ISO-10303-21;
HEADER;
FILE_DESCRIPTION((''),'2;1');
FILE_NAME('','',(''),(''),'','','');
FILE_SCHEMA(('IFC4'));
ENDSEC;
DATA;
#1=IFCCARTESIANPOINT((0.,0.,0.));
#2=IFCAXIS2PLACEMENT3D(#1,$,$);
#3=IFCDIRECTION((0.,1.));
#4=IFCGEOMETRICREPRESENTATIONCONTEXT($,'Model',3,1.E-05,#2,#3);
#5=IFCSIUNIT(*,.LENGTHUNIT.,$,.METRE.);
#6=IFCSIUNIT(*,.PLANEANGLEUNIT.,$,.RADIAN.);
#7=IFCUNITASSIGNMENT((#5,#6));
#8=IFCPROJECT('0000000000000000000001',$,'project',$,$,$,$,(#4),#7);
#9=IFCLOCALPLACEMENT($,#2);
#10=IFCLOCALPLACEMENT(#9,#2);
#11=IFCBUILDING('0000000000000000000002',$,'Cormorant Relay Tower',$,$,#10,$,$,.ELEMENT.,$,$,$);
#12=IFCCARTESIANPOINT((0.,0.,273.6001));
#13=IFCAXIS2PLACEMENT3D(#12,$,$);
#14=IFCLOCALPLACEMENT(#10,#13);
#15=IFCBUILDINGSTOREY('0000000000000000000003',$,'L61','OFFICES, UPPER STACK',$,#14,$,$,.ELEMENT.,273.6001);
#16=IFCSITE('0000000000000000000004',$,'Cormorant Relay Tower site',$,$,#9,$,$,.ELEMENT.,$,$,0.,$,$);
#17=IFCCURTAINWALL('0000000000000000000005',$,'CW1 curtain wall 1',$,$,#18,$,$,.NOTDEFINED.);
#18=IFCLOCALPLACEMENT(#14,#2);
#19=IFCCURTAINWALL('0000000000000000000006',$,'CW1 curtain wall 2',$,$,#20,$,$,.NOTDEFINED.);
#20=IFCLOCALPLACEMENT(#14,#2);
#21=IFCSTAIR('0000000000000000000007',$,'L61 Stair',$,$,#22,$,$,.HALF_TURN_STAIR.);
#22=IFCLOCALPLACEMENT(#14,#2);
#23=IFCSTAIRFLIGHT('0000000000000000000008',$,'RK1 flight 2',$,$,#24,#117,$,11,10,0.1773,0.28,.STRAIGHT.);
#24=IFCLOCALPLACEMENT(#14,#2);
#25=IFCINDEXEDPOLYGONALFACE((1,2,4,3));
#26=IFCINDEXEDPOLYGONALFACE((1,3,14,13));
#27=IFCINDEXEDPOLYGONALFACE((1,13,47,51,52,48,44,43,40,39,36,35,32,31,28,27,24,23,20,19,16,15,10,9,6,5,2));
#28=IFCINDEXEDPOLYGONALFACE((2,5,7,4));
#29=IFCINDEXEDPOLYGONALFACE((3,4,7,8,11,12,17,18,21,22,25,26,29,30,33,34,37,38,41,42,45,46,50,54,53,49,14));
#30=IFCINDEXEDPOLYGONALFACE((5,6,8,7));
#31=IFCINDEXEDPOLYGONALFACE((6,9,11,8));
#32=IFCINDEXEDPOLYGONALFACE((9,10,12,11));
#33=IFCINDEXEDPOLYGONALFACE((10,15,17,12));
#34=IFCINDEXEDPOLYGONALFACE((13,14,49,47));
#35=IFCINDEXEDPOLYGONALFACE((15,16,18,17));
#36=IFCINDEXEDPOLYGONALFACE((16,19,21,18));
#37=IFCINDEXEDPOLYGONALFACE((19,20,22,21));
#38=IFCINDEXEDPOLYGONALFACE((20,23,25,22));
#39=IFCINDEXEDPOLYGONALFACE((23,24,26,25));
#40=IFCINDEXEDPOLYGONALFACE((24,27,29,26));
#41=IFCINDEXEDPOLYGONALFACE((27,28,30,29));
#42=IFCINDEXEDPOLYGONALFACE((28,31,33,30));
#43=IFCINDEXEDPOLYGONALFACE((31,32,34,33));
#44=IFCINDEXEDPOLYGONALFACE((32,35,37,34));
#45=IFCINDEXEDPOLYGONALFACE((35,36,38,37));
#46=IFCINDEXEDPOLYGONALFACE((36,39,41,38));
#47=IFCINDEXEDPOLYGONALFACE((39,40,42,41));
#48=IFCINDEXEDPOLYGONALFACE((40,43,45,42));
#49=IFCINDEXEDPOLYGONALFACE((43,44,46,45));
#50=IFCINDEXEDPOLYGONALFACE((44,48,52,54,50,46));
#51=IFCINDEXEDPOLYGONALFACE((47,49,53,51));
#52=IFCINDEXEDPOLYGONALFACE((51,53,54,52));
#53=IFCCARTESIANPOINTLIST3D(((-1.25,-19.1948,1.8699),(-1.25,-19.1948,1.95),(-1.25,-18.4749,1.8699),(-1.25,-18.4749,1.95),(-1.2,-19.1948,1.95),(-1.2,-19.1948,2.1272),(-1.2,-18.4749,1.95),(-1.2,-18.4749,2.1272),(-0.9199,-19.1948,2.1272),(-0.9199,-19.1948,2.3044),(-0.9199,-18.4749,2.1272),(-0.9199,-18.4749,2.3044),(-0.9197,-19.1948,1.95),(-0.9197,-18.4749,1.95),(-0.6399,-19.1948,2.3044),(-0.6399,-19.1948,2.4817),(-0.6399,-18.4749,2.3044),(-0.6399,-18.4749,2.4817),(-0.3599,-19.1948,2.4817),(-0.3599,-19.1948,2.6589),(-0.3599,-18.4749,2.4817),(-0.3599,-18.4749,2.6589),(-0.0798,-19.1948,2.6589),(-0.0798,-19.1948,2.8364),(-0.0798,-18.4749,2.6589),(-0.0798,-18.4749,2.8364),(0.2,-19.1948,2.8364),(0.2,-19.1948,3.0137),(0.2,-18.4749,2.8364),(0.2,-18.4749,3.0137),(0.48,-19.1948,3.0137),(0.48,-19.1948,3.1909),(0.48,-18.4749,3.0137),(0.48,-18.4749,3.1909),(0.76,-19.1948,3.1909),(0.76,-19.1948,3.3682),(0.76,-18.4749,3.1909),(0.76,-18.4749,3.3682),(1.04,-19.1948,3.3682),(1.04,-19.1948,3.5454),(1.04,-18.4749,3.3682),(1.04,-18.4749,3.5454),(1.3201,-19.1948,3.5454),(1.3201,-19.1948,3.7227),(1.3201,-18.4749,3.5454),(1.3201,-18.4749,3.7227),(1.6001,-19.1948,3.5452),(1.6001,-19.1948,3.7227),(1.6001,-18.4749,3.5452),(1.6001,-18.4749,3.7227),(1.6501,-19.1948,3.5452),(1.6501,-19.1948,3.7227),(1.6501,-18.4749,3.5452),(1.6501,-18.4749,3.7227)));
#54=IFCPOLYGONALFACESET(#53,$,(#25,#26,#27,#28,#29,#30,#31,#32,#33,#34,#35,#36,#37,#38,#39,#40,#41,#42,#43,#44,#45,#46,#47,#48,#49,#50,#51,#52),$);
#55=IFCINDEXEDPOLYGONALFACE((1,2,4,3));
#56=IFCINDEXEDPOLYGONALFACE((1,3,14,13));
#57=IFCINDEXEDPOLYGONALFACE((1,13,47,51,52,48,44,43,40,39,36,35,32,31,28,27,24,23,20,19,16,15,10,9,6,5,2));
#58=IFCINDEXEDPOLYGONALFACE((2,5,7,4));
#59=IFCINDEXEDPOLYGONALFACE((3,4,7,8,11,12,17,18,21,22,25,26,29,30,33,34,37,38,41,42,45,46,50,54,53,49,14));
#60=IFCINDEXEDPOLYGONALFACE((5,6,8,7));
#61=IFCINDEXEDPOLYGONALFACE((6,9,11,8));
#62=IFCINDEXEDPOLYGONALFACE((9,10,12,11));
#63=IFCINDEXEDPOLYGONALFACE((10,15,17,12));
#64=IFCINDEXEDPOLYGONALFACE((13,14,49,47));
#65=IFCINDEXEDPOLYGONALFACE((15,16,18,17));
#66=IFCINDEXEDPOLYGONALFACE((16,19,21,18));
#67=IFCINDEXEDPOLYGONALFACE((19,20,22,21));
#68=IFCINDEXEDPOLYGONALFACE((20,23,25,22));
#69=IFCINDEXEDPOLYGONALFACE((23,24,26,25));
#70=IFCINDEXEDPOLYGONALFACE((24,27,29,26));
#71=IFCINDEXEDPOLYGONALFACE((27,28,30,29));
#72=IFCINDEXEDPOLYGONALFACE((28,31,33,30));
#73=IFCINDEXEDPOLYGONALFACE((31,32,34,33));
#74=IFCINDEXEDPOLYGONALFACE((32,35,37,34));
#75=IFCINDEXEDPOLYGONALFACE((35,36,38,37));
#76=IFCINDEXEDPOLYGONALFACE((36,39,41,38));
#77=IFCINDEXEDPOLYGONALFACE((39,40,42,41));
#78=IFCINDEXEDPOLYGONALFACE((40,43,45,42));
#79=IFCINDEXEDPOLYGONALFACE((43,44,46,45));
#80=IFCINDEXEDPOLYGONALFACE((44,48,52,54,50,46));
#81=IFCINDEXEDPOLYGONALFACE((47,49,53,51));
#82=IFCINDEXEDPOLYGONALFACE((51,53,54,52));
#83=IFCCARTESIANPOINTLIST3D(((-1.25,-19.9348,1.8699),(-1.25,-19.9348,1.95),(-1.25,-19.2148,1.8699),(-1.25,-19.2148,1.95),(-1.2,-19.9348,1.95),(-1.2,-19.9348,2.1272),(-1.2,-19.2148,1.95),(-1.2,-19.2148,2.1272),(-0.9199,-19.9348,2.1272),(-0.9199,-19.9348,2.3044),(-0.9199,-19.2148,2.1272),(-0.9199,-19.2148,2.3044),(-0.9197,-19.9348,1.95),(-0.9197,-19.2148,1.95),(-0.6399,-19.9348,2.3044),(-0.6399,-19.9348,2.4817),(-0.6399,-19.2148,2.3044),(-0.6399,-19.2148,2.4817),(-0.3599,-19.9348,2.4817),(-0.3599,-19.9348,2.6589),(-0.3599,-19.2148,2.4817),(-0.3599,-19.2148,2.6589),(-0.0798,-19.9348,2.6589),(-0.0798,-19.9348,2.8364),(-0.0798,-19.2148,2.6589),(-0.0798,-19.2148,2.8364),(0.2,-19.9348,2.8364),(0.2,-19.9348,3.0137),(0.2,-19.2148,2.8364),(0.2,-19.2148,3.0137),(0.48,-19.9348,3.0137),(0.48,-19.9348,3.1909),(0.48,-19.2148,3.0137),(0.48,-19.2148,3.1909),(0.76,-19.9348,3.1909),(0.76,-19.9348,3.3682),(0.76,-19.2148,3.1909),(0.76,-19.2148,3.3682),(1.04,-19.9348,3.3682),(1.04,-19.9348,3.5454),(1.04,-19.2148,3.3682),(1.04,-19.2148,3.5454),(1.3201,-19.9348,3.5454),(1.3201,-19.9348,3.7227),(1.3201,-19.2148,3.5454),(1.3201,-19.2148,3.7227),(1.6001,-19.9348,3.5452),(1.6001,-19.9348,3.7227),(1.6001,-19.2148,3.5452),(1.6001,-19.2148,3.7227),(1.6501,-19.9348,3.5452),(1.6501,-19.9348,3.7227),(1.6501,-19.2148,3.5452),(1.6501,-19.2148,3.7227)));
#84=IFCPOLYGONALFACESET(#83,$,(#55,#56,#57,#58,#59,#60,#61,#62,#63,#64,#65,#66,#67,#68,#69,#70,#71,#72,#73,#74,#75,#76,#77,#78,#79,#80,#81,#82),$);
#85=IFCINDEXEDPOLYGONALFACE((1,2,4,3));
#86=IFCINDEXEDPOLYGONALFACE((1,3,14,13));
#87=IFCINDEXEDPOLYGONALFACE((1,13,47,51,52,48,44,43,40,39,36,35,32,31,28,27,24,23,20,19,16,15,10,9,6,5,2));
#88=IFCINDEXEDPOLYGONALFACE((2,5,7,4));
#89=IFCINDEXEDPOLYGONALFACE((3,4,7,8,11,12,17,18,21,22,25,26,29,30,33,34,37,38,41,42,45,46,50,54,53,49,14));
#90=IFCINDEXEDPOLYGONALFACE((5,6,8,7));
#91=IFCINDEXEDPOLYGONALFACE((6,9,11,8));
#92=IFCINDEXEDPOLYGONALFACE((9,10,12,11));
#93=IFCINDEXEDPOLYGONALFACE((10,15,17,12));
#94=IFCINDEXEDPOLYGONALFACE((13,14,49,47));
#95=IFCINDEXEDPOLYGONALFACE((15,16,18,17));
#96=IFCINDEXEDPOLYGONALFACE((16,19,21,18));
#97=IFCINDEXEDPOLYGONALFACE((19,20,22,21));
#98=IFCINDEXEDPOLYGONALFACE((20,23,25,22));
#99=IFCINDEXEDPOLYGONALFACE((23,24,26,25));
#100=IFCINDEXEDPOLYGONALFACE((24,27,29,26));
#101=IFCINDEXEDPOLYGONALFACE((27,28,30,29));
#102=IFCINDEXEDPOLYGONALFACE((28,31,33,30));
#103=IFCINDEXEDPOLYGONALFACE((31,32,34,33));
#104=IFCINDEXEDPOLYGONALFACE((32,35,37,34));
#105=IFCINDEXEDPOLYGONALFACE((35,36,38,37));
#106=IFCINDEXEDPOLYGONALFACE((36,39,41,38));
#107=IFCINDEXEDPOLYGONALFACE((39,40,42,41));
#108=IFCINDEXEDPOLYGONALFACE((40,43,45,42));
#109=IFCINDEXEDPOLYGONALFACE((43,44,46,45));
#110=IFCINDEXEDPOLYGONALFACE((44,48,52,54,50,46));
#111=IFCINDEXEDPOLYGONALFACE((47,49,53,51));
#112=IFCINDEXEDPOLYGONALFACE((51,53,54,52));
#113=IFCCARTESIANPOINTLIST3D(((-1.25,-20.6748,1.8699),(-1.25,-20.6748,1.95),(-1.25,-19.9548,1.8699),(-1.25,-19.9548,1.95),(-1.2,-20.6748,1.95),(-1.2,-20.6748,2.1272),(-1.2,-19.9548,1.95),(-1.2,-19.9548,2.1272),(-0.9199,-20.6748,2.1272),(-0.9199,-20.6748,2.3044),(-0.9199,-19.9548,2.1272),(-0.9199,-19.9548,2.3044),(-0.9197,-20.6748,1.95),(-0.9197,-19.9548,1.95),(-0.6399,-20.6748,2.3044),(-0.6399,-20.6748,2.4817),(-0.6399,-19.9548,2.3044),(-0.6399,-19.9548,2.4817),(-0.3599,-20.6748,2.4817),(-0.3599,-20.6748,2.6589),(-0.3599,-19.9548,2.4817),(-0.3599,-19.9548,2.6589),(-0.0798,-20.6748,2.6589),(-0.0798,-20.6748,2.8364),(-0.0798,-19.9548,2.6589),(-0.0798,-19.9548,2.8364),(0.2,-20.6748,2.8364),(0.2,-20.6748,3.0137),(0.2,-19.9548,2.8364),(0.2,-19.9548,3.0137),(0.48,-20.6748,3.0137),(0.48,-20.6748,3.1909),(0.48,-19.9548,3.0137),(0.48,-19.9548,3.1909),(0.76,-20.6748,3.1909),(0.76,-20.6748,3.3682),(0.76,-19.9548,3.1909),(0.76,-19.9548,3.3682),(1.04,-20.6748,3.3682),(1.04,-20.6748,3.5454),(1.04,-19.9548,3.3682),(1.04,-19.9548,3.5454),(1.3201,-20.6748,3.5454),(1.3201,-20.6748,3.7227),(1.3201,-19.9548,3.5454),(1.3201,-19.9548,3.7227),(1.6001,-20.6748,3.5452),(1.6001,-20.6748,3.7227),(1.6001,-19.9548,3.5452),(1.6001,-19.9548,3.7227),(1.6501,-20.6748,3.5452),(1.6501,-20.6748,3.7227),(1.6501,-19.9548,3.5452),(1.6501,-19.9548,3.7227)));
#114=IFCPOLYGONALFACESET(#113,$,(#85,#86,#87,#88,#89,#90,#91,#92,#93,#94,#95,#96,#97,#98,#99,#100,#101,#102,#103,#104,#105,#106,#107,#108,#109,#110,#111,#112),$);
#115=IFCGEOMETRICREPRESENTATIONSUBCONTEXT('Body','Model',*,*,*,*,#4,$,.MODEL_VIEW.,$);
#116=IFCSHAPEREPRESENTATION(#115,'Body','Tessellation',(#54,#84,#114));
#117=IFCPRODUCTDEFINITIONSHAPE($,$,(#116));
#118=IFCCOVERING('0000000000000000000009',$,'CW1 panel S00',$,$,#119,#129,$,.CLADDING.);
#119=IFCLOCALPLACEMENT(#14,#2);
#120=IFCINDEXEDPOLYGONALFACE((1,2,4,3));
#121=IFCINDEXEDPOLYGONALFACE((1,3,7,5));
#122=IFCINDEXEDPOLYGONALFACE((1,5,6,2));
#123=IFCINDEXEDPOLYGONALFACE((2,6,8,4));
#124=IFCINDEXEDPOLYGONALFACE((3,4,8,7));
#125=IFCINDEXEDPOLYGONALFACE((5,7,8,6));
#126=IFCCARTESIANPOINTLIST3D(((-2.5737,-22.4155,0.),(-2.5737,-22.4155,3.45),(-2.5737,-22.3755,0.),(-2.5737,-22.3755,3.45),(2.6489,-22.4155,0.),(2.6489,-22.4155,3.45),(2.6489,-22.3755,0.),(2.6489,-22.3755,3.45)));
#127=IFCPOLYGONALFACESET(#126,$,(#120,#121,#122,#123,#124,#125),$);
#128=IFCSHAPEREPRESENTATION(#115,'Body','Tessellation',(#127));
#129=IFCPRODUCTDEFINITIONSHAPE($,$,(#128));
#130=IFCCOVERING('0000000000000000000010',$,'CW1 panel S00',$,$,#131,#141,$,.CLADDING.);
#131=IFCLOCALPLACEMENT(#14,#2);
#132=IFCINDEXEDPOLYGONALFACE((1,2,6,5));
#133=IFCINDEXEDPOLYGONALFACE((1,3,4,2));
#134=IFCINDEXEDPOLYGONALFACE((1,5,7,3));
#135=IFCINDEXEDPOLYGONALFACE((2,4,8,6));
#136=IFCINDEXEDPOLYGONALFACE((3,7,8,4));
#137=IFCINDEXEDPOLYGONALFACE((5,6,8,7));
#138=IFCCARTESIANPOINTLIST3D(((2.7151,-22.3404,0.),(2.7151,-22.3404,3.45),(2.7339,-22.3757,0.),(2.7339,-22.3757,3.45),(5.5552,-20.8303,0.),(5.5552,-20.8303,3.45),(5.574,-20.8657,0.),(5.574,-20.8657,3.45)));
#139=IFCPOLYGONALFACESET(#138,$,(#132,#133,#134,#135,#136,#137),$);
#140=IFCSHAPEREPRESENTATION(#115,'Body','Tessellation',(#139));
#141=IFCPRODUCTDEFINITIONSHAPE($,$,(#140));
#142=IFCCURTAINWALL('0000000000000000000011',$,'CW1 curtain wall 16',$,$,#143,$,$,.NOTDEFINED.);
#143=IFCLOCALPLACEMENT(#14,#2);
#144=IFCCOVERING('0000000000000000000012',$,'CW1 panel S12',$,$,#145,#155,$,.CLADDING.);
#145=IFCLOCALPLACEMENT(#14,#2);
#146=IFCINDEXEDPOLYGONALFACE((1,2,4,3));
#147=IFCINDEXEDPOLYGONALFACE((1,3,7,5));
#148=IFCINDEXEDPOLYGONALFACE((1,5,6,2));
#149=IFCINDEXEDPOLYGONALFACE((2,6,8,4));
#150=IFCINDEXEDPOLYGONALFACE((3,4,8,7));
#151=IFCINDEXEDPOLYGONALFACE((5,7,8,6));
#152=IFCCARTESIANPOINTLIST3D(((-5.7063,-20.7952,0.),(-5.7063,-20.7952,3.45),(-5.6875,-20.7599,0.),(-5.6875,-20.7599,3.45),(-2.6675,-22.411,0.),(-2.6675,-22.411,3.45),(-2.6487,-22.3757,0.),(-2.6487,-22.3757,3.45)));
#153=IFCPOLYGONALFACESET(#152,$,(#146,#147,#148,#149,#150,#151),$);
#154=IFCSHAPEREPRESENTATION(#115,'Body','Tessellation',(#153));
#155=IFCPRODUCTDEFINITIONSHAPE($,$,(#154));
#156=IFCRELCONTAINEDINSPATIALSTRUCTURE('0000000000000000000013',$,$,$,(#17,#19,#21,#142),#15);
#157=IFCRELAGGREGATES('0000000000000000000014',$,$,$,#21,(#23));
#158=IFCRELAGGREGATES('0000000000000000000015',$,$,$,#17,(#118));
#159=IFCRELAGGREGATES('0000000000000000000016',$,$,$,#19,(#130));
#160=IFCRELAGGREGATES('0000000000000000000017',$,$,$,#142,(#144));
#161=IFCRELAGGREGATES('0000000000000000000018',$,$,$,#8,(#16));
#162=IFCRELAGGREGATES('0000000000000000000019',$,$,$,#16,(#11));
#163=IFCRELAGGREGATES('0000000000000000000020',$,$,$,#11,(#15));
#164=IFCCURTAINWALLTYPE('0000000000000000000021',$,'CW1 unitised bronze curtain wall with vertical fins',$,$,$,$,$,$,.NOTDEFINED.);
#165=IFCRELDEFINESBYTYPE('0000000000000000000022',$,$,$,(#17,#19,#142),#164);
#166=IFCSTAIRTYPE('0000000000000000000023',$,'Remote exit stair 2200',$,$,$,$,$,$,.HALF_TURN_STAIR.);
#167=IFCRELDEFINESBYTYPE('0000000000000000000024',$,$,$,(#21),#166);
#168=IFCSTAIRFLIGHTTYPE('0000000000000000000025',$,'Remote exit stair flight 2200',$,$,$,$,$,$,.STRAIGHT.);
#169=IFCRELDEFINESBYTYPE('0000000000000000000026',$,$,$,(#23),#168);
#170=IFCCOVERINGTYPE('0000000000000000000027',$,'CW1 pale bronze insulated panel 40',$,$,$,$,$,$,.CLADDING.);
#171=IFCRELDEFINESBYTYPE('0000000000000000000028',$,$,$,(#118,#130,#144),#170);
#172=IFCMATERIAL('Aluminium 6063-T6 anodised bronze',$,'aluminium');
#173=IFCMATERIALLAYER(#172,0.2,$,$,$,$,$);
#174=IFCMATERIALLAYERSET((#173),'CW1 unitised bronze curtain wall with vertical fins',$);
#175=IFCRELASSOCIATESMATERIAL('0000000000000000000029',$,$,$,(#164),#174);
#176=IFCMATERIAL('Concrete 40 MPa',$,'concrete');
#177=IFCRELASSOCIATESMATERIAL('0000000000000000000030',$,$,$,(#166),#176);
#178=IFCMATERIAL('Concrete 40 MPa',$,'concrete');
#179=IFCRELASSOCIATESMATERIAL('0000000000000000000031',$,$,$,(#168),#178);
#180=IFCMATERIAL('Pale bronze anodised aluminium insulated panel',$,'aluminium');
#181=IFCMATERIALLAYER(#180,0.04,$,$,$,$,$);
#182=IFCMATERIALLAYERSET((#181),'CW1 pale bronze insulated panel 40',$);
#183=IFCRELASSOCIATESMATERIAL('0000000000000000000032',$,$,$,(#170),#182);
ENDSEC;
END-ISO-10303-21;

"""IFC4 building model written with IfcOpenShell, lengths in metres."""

from ifc_helpers import new_model, si_unit, direction, frame, origin, origin_2d, place, context, subcontext, project, spatial, polyline, rectangle, outline, extrude, material, layer, layer_set, type_object, element, aggregate, save


model = new_model("IFC4")

# Units and contexts
model_context = context("Model", 3, precision=1e-05, world=origin(), true_north=direction((0.0, 1.0)))
body_context = subcontext(model_context, "Body", "Model", "MODEL_VIEW")
ifc_project = project(units=[si_unit("LENGTHUNIT", "METRE"), si_unit("PLANEANGLEUNIT", "RADIAN")], contexts=[model_context])

# Site, building, storey
site_placement = place(None, origin())
site = spatial("IfcSite", under=ifc_project, at=site_placement, Name="Cormorant Relay Tower site", CompositionType="ELEMENT", RefElevation=0.0)
building_placement = place(site_placement, origin())
building = spatial("IfcBuilding", under=site, at=building_placement, Name="Cormorant Relay Tower", CompositionType="ELEMENT")
storey_placement = place(building_placement, frame((0.0, 0.0, 273.6001)))
storey = spatial("IfcBuildingStorey", under=building, at=storey_placement, Name="L61", Description="OFFICES, UPPER STACK", CompositionType="ELEMENT", Elevation=273.6001)

# Curtain wall
ifc_material_1 = material(Name="Aluminium 6063-T6 anodised bronze", Category="aluminium")
ifc_layer_1 = layer(ifc_material_1, 0.2)
ifc_layer_set_1 = layer_set([ifc_layer_1], Name="CW1 unitised bronze curtain wall with vertical fins")
curtain_wall_type = type_object("IfcCurtainWallType", Name="CW1 unitised bronze curtain wall with vertical fins", PredefinedType="NOTDEFINED", material=ifc_layer_set_1)
curtain_wall_1_placement = place(storey_placement, origin())
curtain_wall_1 = element("IfcCurtainWall", 1, at=curtain_wall_1_placement, inside=storey, type_object=curtain_wall_type, Name="CW1 curtain wall 1", PredefinedType="NOTDEFINED")

# Curtain wall
curtain_wall_2_placement = place(storey_placement, origin())
curtain_wall_2 = element("IfcCurtainWall", 2, at=curtain_wall_2_placement, inside=storey, type_object=curtain_wall_type, Name="CW1 curtain wall 2", PredefinedType="NOTDEFINED")

# Stair, stair flight
ifc_material_2 = material(Name="Concrete 40 MPa", Category="concrete")
stair_type = type_object("IfcStairType", Name="Remote exit stair 2200", PredefinedType="HALF_TURN_STAIR", material=ifc_material_2)
stair_placement = place(storey_placement, origin())
stair = element("IfcStair", 3, at=stair_placement, inside=storey, type_object=stair_type, Name="L61 Stair", PredefinedType="HALF_TURN_STAIR")
ifc_material_3 = material(Name="Concrete 40 MPa", Category="concrete")
stair_flight_type = type_object("IfcStairFlightType", Name="Remote exit stair flight 2200", PredefinedType="STRAIGHT", material=ifc_material_3)
stair_flight_placement = place(storey_placement, frame((-1.2, -19.575, 1.95), z_axis=(0.0, 0.0, 1.0), x_axis=(1.0, 0.0, 0.0)))
stair_flight = element("IfcStairFlight", 4, at=stair_flight_placement, type_object=stair_flight_type, Name="RK1 flight 2", NumberOfRisers=11, NumberOfTreads=10, PredefinedType="STRAIGHT", RiserHeight=0.1773, TreadLength=0.28, context=body_context, shape_type="SweptSolid", body=[
    extrude(outline(polyline([(-0.05, -0.0801), (-0.05, 0.0), (0.0, 0.0), (0.0, 0.1772), (0.28, 0.1772), (0.28, 0.3545), (0.5601, 0.3545), (0.5601, 0.5317), (0.8401, 0.5317), (0.8401, 0.709), (1.1201, 0.709), (1.1201, 0.8865), (1.3999, 0.8865), (1.3999, 1.0637), (1.6799, 1.0637), (1.6799, 1.241), (1.96, 1.241), (1.96, 1.4182), (2.24, 1.4182), (2.24, 1.5955), (2.52, 1.5955), (2.52, 1.7727), (2.8, 1.7727), (2.8501, 1.7727), (2.8501, 1.5952), (2.8, 1.5952), (0.2803, 0.0), (-0.05, -0.0801)])), frame((0.0, 1.1001, 0.0), z_axis=(0.0, -1.0, 0.0), x_axis=(1.0, 0.0, 0.0)), (0.0, 0.0, 1.0), 0.72),
    extrude(outline(polyline([(-0.05, -0.0801), (-0.05, 0.0), (0.0, 0.0), (0.0, 0.1772), (0.28, 0.1772), (0.28, 0.3545), (0.5601, 0.3545), (0.5601, 0.5317), (0.8401, 0.5317), (0.8401, 0.709), (1.1201, 0.709), (1.1201, 0.8865), (1.3999, 0.8865), (1.3999, 1.0637), (1.6799, 1.0637), (1.6799, 1.241), (1.96, 1.241), (1.96, 1.4182), (2.24, 1.4182), (2.24, 1.5955), (2.52, 1.5955), (2.52, 1.7727), (2.8, 1.7727), (2.8501, 1.7727), (2.8501, 1.5952), (2.8, 1.5952), (0.2803, 0.0), (-0.05, -0.0801)])), frame((0.0, 0.3601, 0.0), z_axis=(0.0, -1.0, 0.0), x_axis=(1.0, 0.0, 0.0)), (0.0, 0.0, 1.0), 0.72),
    extrude(outline(polyline([(-0.05, -0.0801), (-0.05, 0.0), (0.0, 0.0), (0.0, 0.1772), (0.28, 0.1772), (0.28, 0.3545), (0.5601, 0.3545), (0.5601, 0.5317), (0.8401, 0.5317), (0.8401, 0.709), (1.1201, 0.709), (1.1201, 0.8865), (1.3999, 0.8865), (1.3999, 1.0637), (1.6799, 1.0637), (1.6799, 1.241), (1.96, 1.241), (1.96, 1.4182), (2.24, 1.4182), (2.24, 1.5955), (2.52, 1.5955), (2.52, 1.7727), (2.8, 1.7727), (2.8501, 1.7727), (2.8501, 1.5952), (2.8, 1.5952), (0.2803, 0.0), (-0.05, -0.0801)])), frame((0.0, -0.3799, 0.0), z_axis=(0.0, -1.0, 0.0), x_axis=(1.0, 0.0, 0.0)), (0.0, 0.0, 1.0), 0.72),
])
aggregate(stair, [stair_flight])

# Coverings
ifc_material_4 = material(Name="Pale bronze anodised aluminium insulated panel", Category="aluminium")
ifc_layer_2 = layer(ifc_material_4, 0.04)
ifc_layer_set_2 = layer_set([ifc_layer_2], Name="CW1 pale bronze insulated panel 40")
covering_type = type_object("IfcCoveringType", Name="CW1 pale bronze insulated panel 40", PredefinedType="CLADDING", material=ifc_layer_set_2)
covering_1_placement = place(storey_placement, frame((0.0376, -22.3955, 0.0), z_axis=(0.0, 0.0, 1.0), x_axis=(1.0, 0.0, 0.0)))
covering_1 = element("IfcCovering", 5, at=covering_1_placement, type_object=covering_type, Name="CW1 panel S00", PredefinedType="CLADDING", context=body_context, shape_type="SweptSolid", body=[
    extrude(rectangle(XDim=5.2227, YDim=0.04, at=origin_2d()), origin(), (0.0, 0.0, 1.0), 3.45),
])
aggregate(curtain_wall_1, [covering_1])
covering_2_placement = place(storey_placement, frame((4.1445, -21.603, 0.0), z_axis=(0.0, 0.0, 1.0), x_axis=(0.882948, 0.469472, 0.0)))
covering_2 = element("IfcCovering", 6, at=covering_2_placement, type_object=covering_type, Name="CW1 panel S00", PredefinedType="CLADDING", context=body_context, shape_type="SweptSolid", body=[
    extrude(rectangle(XDim=3.2166, YDim=0.04, at=origin_2d()), origin(), (0.0, 0.0, 1.0), 3.45),
])
aggregate(curtain_wall_2, [covering_2])

# Curtain wall, covering
curtain_wall_3_placement = place(storey_placement, origin())
curtain_wall_3 = element("IfcCurtainWall", 7, at=curtain_wall_3_placement, inside=storey, type_object=curtain_wall_type, Name="CW1 curtain wall 16", PredefinedType="NOTDEFINED")
covering_3_placement = place(storey_placement, frame((-4.1775, -21.5854, 0.0), z_axis=(0.0, 0.0, 1.0), x_axis=(0.882948, -0.469472, 0.0)))
covering_3 = element("IfcCovering", 8, at=covering_3_placement, type_object=covering_type, Name="CW1 panel S12", PredefinedType="CLADDING", context=body_context, shape_type="SweptSolid", body=[
    extrude(rectangle(XDim=3.4417, YDim=0.04, at=origin_2d()), origin(), (0.0, 0.0, 1.0), 3.45),
])
aggregate(curtain_wall_3, [covering_3])

save(model, "model.ifc")
